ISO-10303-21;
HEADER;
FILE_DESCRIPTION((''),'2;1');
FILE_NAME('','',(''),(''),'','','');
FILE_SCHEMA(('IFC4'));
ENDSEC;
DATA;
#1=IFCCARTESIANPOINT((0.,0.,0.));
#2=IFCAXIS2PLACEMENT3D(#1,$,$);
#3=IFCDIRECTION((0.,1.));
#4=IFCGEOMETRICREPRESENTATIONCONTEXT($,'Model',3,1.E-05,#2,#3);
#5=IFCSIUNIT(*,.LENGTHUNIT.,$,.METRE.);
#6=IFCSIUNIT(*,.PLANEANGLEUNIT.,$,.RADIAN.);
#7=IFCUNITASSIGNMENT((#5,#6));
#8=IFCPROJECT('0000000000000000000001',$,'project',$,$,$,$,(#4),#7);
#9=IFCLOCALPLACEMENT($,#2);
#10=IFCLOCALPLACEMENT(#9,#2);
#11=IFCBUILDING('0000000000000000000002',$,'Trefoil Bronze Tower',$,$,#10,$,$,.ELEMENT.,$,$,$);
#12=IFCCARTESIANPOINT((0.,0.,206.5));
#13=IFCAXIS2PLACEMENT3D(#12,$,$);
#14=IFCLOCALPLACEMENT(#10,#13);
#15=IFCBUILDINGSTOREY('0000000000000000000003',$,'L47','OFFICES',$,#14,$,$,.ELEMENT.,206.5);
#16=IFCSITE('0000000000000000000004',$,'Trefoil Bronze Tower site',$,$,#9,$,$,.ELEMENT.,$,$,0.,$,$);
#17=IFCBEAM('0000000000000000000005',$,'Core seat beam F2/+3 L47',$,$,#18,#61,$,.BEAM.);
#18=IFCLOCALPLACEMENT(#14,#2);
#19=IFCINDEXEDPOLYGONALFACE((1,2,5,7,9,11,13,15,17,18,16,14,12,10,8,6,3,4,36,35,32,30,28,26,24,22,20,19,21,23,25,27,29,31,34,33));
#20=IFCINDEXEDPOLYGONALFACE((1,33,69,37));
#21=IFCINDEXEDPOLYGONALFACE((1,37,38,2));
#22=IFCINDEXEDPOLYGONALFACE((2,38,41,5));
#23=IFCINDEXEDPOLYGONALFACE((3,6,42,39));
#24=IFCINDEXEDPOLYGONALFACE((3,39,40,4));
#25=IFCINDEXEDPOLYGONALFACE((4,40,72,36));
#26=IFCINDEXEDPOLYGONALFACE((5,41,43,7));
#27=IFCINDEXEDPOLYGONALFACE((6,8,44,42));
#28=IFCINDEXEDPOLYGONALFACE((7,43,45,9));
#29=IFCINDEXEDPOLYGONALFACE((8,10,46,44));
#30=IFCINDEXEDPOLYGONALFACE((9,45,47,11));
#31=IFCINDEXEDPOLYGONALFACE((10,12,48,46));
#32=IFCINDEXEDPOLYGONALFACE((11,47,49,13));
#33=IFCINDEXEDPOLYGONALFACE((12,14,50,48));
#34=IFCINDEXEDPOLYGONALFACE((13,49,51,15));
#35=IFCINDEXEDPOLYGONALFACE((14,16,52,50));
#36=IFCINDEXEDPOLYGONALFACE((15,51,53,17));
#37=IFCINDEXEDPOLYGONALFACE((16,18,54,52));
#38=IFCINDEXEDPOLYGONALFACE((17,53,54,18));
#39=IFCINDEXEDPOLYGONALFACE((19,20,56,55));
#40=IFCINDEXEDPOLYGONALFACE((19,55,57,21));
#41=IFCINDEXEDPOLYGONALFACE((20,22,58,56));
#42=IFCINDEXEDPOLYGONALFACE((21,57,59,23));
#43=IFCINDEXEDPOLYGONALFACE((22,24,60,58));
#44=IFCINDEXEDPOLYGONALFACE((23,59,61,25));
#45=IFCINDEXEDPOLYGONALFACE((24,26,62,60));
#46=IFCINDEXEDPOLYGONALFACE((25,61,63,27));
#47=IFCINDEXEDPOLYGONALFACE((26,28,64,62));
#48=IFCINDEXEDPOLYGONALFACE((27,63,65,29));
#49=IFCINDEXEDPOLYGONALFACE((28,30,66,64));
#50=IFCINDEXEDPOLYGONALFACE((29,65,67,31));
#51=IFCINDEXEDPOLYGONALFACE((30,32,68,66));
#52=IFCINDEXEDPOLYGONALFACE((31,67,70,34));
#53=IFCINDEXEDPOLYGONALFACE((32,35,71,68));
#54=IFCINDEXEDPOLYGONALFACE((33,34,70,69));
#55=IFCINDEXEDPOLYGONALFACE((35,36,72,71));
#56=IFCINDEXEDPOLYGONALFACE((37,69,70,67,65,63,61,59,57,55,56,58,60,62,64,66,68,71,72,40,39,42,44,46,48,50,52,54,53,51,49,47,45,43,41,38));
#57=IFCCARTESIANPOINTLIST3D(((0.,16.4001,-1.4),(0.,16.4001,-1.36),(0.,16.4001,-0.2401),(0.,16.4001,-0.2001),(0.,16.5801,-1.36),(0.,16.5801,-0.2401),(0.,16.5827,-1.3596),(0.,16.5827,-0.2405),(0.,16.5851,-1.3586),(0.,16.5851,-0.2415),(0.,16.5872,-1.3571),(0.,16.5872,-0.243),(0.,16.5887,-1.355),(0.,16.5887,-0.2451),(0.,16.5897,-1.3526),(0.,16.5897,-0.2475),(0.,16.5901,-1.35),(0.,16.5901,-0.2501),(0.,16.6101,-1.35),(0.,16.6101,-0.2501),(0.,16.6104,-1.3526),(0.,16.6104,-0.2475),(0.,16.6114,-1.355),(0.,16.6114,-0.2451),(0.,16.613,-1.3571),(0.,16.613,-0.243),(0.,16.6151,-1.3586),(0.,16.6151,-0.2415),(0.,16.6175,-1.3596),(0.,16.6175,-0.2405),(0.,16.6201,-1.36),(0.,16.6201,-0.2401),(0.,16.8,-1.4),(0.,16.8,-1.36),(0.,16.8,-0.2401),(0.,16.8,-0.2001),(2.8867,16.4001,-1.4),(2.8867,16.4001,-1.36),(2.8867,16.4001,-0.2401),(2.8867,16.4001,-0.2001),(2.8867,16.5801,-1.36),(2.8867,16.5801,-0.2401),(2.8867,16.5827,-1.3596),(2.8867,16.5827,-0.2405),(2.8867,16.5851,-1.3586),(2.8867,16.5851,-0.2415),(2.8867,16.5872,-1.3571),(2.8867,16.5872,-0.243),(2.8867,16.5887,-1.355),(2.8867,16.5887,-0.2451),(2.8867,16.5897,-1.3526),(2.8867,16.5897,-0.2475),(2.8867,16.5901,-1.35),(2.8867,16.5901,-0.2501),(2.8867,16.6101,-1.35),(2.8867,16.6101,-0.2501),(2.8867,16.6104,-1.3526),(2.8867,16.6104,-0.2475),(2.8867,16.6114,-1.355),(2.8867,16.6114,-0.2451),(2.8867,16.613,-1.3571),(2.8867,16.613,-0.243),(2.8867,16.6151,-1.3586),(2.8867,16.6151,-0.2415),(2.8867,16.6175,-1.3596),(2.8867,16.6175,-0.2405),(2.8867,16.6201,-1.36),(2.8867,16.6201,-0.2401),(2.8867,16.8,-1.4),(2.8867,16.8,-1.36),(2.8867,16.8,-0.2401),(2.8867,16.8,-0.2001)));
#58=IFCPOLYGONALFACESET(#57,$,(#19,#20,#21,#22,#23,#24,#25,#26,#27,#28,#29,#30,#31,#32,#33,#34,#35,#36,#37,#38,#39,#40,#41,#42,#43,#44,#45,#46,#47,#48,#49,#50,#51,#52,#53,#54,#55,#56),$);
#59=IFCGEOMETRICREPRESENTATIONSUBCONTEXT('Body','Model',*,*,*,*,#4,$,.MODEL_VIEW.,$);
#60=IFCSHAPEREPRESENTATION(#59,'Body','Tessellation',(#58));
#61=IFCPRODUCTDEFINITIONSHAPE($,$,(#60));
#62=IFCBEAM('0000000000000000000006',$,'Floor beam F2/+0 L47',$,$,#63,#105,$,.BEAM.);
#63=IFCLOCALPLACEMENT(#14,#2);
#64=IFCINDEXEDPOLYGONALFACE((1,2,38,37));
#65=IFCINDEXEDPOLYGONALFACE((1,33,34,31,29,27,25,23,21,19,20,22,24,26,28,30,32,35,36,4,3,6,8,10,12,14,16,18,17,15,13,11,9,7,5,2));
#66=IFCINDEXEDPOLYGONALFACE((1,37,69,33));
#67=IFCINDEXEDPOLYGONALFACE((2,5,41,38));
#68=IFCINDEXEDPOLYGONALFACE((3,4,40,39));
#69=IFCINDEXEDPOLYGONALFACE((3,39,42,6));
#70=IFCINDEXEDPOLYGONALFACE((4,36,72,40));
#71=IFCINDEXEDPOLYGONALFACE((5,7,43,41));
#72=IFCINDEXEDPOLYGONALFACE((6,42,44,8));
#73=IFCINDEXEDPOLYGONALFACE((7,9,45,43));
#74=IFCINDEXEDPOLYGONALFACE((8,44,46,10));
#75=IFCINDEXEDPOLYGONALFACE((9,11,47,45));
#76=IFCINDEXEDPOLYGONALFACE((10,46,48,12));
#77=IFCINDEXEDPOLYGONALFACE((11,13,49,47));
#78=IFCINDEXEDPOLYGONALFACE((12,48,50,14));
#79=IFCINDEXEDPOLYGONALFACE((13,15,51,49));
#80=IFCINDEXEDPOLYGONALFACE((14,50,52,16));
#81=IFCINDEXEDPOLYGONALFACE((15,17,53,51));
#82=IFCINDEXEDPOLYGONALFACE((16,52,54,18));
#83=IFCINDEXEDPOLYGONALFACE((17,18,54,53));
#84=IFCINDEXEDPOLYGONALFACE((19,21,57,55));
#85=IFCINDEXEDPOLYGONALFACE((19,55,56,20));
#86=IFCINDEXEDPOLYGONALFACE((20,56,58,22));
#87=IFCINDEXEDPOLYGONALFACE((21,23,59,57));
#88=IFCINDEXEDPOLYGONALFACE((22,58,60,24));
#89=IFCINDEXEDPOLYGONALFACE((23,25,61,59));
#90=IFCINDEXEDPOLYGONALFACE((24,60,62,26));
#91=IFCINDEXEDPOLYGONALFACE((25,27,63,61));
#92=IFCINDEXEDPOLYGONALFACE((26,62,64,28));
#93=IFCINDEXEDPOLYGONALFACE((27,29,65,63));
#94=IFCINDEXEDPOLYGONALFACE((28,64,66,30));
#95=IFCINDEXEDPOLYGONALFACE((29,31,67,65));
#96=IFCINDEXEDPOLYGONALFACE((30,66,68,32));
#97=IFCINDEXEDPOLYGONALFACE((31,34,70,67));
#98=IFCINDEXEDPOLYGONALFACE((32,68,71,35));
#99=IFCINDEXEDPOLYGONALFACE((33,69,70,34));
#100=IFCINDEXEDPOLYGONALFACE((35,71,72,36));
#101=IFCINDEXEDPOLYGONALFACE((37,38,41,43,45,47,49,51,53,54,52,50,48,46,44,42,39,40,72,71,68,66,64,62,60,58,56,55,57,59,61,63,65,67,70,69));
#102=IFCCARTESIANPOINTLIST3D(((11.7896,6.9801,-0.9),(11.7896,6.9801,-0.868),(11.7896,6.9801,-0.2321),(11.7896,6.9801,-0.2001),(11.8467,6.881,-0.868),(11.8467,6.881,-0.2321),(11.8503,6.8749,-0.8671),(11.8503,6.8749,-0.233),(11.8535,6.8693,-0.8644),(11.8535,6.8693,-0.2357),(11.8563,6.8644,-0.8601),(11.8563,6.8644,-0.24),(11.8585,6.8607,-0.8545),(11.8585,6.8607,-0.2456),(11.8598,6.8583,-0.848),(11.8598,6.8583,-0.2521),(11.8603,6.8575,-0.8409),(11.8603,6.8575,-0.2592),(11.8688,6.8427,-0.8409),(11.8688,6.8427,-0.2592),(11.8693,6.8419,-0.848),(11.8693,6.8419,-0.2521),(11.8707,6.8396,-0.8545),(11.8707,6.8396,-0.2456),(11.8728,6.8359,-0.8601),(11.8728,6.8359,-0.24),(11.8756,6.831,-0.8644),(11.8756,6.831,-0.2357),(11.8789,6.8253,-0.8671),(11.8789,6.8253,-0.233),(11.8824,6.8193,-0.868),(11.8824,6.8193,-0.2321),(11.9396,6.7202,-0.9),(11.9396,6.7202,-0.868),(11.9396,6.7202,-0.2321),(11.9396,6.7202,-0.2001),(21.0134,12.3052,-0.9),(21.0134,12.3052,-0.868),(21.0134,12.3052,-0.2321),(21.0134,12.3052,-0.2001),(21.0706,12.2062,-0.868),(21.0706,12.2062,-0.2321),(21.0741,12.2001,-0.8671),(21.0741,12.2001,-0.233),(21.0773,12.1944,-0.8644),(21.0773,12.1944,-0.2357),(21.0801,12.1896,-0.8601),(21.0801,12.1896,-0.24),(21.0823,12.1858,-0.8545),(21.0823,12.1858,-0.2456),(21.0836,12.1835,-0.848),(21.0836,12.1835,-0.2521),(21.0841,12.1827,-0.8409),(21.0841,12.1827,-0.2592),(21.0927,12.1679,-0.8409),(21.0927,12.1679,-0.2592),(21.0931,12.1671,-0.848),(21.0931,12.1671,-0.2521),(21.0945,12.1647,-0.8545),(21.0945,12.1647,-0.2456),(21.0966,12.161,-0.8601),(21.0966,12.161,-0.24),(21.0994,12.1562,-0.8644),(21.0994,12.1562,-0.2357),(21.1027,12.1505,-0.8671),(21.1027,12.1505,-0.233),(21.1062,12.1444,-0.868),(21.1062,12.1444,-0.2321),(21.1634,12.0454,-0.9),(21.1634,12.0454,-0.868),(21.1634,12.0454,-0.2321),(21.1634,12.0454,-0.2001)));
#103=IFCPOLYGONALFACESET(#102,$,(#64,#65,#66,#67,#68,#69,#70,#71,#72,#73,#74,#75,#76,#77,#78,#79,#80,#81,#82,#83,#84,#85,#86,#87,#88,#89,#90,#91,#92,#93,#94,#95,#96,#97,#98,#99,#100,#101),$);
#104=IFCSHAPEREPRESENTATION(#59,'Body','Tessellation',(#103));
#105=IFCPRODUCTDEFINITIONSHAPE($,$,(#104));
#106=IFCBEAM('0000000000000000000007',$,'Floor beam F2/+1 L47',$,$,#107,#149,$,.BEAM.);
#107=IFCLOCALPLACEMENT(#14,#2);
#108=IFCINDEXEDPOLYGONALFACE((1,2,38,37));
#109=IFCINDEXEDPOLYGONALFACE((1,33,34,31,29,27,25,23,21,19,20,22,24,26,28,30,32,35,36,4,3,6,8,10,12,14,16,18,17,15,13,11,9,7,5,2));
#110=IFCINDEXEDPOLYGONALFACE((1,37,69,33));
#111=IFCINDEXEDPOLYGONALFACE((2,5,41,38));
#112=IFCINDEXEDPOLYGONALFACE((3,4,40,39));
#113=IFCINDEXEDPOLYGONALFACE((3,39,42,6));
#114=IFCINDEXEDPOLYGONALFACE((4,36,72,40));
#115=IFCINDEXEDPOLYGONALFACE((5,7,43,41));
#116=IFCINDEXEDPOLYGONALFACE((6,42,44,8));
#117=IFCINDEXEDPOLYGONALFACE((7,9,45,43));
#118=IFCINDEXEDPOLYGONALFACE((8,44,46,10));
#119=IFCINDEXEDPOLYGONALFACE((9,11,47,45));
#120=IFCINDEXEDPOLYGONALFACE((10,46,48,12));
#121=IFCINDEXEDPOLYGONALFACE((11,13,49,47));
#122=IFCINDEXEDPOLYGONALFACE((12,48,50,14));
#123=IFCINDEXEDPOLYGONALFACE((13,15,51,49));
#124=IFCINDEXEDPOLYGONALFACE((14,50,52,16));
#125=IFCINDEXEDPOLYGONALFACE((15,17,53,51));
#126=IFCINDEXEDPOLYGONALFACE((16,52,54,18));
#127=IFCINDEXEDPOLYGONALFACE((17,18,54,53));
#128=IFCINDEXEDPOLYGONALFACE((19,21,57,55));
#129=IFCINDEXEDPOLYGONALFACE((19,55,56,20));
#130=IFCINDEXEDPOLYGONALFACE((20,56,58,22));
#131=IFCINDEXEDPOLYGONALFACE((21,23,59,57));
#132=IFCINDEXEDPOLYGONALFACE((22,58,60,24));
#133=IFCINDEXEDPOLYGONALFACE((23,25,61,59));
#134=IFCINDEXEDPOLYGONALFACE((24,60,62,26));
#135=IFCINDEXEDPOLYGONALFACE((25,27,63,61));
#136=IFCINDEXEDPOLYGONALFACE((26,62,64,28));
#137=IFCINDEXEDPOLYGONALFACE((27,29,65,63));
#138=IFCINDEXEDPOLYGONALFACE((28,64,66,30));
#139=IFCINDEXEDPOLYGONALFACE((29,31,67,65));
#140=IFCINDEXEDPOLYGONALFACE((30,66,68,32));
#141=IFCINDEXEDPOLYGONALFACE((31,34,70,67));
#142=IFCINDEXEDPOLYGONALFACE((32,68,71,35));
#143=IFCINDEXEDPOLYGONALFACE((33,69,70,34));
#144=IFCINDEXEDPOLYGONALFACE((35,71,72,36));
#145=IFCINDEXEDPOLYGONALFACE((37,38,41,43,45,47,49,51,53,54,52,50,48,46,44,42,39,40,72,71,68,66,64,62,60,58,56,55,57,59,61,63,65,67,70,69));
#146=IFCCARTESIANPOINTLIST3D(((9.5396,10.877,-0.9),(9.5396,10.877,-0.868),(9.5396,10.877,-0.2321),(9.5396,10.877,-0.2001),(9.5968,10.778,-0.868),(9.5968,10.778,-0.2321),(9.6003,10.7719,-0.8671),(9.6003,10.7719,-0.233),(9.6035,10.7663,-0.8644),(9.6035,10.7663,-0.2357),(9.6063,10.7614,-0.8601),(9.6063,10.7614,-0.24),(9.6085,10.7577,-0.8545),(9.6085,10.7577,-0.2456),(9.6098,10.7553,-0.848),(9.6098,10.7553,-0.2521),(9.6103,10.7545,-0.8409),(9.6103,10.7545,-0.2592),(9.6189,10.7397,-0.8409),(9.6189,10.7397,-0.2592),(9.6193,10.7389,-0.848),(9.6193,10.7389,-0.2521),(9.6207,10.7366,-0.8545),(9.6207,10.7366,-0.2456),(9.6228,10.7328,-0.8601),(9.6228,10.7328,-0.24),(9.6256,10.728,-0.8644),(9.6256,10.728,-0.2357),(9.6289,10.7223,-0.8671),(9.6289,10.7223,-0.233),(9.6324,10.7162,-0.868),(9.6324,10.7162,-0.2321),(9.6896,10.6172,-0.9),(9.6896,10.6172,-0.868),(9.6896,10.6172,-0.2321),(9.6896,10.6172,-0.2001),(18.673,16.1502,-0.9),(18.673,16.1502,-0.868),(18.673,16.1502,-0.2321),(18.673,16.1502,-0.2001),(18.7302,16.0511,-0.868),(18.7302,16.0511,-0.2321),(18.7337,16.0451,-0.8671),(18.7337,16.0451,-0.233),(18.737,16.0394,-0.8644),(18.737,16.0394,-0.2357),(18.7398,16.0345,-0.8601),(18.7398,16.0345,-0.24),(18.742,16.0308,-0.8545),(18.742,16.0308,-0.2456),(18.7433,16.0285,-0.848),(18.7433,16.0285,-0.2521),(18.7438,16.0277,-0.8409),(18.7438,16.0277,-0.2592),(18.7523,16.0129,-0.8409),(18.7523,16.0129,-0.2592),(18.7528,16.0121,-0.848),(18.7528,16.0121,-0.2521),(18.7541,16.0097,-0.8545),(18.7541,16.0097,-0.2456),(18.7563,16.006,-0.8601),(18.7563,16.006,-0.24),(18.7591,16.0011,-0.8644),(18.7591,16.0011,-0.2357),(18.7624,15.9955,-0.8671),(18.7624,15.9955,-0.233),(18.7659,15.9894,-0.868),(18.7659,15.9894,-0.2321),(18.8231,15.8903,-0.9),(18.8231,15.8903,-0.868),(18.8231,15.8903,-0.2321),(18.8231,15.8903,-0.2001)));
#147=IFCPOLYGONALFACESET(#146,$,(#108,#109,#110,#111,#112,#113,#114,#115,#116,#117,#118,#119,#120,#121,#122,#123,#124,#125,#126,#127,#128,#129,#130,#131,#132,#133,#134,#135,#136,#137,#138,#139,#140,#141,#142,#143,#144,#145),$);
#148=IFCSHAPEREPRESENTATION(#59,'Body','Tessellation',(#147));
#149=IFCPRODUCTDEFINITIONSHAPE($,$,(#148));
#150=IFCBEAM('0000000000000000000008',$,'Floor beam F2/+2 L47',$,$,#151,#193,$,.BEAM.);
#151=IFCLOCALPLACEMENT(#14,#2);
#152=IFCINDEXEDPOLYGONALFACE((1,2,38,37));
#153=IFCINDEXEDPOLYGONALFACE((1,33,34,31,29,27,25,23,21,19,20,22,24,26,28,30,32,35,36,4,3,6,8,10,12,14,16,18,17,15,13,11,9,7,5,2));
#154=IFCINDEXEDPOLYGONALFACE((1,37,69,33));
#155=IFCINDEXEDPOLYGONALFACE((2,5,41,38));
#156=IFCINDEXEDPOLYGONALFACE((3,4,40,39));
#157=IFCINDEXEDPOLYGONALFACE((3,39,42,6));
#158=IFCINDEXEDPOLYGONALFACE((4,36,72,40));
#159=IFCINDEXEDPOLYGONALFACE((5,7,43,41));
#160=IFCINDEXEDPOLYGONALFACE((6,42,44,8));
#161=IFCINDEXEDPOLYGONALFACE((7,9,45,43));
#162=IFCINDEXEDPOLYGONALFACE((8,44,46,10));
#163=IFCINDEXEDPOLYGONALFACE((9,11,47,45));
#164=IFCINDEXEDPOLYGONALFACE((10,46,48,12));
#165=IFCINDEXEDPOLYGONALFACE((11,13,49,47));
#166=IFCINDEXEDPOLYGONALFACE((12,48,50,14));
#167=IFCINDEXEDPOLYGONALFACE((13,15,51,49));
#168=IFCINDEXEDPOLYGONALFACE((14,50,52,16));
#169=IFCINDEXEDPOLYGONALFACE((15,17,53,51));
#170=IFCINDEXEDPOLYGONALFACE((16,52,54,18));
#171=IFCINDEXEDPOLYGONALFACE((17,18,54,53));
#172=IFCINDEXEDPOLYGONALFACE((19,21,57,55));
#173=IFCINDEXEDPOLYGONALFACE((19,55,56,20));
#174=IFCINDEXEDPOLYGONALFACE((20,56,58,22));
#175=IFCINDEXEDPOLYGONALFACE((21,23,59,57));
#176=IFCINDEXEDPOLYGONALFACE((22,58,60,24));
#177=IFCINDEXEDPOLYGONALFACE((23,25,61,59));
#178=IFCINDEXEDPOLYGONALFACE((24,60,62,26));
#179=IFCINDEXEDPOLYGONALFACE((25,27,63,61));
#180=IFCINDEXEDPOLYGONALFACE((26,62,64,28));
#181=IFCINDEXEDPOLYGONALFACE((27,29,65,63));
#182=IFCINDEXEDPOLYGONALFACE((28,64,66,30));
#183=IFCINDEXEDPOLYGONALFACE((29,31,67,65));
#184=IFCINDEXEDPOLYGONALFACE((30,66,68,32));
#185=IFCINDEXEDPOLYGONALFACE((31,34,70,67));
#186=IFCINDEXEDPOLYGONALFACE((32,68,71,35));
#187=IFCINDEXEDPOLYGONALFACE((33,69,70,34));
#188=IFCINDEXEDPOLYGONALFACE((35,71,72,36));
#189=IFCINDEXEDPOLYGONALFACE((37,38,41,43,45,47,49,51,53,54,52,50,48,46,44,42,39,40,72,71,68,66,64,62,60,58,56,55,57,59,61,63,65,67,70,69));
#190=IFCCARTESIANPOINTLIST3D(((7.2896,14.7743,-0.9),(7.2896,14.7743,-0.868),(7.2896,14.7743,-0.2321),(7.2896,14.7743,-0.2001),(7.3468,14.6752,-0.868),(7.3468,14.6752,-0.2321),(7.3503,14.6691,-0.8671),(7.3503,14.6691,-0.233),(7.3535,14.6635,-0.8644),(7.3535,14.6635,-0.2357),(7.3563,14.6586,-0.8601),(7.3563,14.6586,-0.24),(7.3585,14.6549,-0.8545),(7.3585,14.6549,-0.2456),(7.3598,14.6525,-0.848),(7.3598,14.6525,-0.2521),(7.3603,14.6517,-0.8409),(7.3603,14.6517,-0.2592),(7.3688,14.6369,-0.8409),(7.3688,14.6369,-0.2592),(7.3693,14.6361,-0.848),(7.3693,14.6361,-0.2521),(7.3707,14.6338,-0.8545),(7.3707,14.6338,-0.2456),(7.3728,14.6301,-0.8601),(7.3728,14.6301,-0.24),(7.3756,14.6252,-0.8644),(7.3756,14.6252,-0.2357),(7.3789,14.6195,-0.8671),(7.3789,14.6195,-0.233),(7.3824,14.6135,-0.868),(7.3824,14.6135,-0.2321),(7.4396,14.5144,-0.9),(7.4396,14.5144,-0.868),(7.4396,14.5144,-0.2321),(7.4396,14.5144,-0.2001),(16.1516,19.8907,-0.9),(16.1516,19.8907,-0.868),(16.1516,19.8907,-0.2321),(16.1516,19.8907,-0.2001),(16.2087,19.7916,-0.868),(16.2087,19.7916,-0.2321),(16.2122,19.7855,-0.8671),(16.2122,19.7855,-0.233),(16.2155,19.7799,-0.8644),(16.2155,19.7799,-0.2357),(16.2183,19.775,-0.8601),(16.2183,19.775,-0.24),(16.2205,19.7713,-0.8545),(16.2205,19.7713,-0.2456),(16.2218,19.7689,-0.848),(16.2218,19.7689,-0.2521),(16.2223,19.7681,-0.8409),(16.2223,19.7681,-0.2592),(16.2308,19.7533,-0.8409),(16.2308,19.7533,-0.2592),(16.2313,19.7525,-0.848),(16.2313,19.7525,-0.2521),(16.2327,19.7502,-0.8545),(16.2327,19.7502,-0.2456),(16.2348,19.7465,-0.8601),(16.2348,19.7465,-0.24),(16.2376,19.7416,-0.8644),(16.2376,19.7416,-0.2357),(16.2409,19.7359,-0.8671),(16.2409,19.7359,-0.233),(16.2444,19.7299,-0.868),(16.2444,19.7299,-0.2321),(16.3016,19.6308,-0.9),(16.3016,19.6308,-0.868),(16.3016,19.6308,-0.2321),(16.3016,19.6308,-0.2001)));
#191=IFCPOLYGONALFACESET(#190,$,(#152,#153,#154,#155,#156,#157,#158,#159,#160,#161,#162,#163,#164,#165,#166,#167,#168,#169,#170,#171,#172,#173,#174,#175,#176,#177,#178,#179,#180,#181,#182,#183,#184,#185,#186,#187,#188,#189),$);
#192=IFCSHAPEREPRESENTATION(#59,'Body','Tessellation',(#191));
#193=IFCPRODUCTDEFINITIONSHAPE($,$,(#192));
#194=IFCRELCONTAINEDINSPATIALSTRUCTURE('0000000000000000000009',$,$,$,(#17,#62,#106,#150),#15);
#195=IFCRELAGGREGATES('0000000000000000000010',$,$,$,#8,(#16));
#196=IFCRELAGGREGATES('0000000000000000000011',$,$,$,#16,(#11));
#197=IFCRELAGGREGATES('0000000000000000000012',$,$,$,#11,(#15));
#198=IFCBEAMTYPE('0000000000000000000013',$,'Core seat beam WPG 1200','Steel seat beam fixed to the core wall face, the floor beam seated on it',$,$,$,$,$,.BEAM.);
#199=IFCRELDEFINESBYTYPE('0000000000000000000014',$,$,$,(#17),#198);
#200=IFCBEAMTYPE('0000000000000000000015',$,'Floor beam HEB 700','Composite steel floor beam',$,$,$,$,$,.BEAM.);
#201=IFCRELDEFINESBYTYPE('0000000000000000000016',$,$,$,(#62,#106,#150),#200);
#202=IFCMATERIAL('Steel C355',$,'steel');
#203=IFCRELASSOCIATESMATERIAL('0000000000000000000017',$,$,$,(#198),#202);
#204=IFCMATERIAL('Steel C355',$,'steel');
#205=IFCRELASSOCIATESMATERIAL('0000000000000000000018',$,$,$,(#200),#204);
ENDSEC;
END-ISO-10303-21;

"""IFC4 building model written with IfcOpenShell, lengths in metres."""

from ifc_helpers import new_model, si_unit, direction, frame, origin, origin_2d, place, context, subcontext, project, spatial, i_section, extrude, material, material_profile, profile_set, type_object, element, save


model = new_model("IFC4")

# Units and contexts
model_context = context("Model", 3, precision=1e-05, world=origin(), true_north=direction((0.0, 1.0)))
body_context = subcontext(model_context, "Body", "Model", "MODEL_VIEW")
ifc_project = project(units=[si_unit("LENGTHUNIT", "METRE"), si_unit("PLANEANGLEUNIT", "RADIAN")], contexts=[model_context])

# Site, building, storey
site_placement = place(None, origin())
site = spatial("IfcSite", under=ifc_project, at=site_placement, Name="Trefoil Bronze Tower site", CompositionType="ELEMENT", RefElevation=0.0)
building_placement = place(site_placement, origin())
building = spatial("IfcBuilding", under=site, at=building_placement, Name="Trefoil Bronze Tower", CompositionType="ELEMENT")
storey_placement = place(building_placement, frame((0.0, 0.0, 206.5)))
storey = spatial("IfcBuildingStorey", under=building, at=storey_placement, Name="L47", Description="OFFICES", CompositionType="ELEMENT", Elevation=206.5)

# Beams
ifc_material_1 = material(Name="Steel C355", Category="steel")
ifc_material_profile_1 = material_profile(ifc_material_1, i_section(OverallWidth=0.3999, OverallDepth=1.2, WebThickness=0.02, FlangeThickness=0.04, FilletRadius=0.01, at=origin_2d()), Name="WPG 1200")
ifc_profile_set_1 = profile_set([ifc_material_profile_1], Name="Steel C355")
beam_type_1 = type_object("IfcBeamType", Name="Core seat beam WPG 1200", Description="Steel seat beam fixed to the core wall face, the floor beam seated on it", PredefinedType="BEAM", material=ifc_profile_set_1)
beam_1_placement = place(storey_placement, frame((2.8867, 16.6001, -0.8), z_axis=(-1.0, 0.0, 0.0), x_axis=(0.0, -1.0, 0.0)))
element("IfcBeam", 1, at=beam_1_placement, inside=storey, type_object=beam_type_1, Name="Core seat beam F2/+3 L47", PredefinedType="BEAM", context=body_context, shape_type="SweptSolid", body=[
    extrude(i_section(OverallWidth=0.3999, OverallDepth=1.2, WebThickness=0.02, FlangeThickness=0.04, FilletRadius=0.01, at=origin_2d()), origin(), (0.0, 0.0, 1.0), 2.8867),
])
ifc_material_2 = material(Name="Steel C355", Category="steel")
ifc_material_profile_2 = material_profile(ifc_material_2, i_section(OverallWidth=0.3, OverallDepth=0.7, WebThickness=0.0171, FlangeThickness=0.032, FilletRadius=0.0271, at=origin_2d()), Name="HEB 700")
ifc_profile_set_2 = profile_set([ifc_material_profile_2], Name="Steel C355")
beam_type_2 = type_object("IfcBeamType", Name="Floor beam HEB 700", Description="Composite steel floor beam", PredefinedType="BEAM", material=ifc_profile_set_2)
beam_2_placement = place(storey_placement, frame((21.0884, 12.1753, -0.55), z_axis=(-0.866034, -0.499985, 0.0), x_axis=(0.499985, -0.866034, 0.0)))
element("IfcBeam", 2, at=beam_2_placement, inside=storey, type_object=beam_type_2, Name="Floor beam F2/+0 L47", PredefinedType="BEAM", context=body_context, shape_type="SweptSolid", body=[
    extrude(i_section(OverallWidth=0.3, OverallDepth=0.7, WebThickness=0.0171, FlangeThickness=0.032, FilletRadius=0.0271, at=origin_2d()), origin(), (0.0, 0.0, 1.0), 10.6506),
])
beam_3_placement = place(storey_placement, frame((18.748, 16.0203, -0.55), z_axis=(-0.866028, -0.499996, 0.0), x_axis=(0.499996, -0.866028, 0.0)))
element("IfcBeam", 3, at=beam_3_placement, inside=storey, type_object=beam_type_2, Name="Floor beam F2/+1 L47", PredefinedType="BEAM", context=body_context, shape_type="SweptSolid", body=[
    extrude(i_section(OverallWidth=0.3, OverallDepth=0.7, WebThickness=0.0171, FlangeThickness=0.032, FilletRadius=0.0271, at=origin_2d()), origin(), (0.0, 0.0, 1.0), 10.5464),
])
beam_4_placement = place(storey_placement, frame((16.2266, 19.7607, -0.55), z_axis=(-0.866028, -0.499996, 0.0), x_axis=(0.499996, -0.866028, 0.0)))
element("IfcBeam", 4, at=beam_4_placement, inside=storey, type_object=beam_type_2, Name="Floor beam F2/+2 L47", PredefinedType="BEAM", context=body_context, shape_type="SweptSolid", body=[
    extrude(i_section(OverallWidth=0.3, OverallDepth=0.7, WebThickness=0.0171, FlangeThickness=0.032, FilletRadius=0.0271, at=origin_2d()), origin(), (0.0, 0.0, 1.0), 10.2329),
])

save(model, "model.ifc")
